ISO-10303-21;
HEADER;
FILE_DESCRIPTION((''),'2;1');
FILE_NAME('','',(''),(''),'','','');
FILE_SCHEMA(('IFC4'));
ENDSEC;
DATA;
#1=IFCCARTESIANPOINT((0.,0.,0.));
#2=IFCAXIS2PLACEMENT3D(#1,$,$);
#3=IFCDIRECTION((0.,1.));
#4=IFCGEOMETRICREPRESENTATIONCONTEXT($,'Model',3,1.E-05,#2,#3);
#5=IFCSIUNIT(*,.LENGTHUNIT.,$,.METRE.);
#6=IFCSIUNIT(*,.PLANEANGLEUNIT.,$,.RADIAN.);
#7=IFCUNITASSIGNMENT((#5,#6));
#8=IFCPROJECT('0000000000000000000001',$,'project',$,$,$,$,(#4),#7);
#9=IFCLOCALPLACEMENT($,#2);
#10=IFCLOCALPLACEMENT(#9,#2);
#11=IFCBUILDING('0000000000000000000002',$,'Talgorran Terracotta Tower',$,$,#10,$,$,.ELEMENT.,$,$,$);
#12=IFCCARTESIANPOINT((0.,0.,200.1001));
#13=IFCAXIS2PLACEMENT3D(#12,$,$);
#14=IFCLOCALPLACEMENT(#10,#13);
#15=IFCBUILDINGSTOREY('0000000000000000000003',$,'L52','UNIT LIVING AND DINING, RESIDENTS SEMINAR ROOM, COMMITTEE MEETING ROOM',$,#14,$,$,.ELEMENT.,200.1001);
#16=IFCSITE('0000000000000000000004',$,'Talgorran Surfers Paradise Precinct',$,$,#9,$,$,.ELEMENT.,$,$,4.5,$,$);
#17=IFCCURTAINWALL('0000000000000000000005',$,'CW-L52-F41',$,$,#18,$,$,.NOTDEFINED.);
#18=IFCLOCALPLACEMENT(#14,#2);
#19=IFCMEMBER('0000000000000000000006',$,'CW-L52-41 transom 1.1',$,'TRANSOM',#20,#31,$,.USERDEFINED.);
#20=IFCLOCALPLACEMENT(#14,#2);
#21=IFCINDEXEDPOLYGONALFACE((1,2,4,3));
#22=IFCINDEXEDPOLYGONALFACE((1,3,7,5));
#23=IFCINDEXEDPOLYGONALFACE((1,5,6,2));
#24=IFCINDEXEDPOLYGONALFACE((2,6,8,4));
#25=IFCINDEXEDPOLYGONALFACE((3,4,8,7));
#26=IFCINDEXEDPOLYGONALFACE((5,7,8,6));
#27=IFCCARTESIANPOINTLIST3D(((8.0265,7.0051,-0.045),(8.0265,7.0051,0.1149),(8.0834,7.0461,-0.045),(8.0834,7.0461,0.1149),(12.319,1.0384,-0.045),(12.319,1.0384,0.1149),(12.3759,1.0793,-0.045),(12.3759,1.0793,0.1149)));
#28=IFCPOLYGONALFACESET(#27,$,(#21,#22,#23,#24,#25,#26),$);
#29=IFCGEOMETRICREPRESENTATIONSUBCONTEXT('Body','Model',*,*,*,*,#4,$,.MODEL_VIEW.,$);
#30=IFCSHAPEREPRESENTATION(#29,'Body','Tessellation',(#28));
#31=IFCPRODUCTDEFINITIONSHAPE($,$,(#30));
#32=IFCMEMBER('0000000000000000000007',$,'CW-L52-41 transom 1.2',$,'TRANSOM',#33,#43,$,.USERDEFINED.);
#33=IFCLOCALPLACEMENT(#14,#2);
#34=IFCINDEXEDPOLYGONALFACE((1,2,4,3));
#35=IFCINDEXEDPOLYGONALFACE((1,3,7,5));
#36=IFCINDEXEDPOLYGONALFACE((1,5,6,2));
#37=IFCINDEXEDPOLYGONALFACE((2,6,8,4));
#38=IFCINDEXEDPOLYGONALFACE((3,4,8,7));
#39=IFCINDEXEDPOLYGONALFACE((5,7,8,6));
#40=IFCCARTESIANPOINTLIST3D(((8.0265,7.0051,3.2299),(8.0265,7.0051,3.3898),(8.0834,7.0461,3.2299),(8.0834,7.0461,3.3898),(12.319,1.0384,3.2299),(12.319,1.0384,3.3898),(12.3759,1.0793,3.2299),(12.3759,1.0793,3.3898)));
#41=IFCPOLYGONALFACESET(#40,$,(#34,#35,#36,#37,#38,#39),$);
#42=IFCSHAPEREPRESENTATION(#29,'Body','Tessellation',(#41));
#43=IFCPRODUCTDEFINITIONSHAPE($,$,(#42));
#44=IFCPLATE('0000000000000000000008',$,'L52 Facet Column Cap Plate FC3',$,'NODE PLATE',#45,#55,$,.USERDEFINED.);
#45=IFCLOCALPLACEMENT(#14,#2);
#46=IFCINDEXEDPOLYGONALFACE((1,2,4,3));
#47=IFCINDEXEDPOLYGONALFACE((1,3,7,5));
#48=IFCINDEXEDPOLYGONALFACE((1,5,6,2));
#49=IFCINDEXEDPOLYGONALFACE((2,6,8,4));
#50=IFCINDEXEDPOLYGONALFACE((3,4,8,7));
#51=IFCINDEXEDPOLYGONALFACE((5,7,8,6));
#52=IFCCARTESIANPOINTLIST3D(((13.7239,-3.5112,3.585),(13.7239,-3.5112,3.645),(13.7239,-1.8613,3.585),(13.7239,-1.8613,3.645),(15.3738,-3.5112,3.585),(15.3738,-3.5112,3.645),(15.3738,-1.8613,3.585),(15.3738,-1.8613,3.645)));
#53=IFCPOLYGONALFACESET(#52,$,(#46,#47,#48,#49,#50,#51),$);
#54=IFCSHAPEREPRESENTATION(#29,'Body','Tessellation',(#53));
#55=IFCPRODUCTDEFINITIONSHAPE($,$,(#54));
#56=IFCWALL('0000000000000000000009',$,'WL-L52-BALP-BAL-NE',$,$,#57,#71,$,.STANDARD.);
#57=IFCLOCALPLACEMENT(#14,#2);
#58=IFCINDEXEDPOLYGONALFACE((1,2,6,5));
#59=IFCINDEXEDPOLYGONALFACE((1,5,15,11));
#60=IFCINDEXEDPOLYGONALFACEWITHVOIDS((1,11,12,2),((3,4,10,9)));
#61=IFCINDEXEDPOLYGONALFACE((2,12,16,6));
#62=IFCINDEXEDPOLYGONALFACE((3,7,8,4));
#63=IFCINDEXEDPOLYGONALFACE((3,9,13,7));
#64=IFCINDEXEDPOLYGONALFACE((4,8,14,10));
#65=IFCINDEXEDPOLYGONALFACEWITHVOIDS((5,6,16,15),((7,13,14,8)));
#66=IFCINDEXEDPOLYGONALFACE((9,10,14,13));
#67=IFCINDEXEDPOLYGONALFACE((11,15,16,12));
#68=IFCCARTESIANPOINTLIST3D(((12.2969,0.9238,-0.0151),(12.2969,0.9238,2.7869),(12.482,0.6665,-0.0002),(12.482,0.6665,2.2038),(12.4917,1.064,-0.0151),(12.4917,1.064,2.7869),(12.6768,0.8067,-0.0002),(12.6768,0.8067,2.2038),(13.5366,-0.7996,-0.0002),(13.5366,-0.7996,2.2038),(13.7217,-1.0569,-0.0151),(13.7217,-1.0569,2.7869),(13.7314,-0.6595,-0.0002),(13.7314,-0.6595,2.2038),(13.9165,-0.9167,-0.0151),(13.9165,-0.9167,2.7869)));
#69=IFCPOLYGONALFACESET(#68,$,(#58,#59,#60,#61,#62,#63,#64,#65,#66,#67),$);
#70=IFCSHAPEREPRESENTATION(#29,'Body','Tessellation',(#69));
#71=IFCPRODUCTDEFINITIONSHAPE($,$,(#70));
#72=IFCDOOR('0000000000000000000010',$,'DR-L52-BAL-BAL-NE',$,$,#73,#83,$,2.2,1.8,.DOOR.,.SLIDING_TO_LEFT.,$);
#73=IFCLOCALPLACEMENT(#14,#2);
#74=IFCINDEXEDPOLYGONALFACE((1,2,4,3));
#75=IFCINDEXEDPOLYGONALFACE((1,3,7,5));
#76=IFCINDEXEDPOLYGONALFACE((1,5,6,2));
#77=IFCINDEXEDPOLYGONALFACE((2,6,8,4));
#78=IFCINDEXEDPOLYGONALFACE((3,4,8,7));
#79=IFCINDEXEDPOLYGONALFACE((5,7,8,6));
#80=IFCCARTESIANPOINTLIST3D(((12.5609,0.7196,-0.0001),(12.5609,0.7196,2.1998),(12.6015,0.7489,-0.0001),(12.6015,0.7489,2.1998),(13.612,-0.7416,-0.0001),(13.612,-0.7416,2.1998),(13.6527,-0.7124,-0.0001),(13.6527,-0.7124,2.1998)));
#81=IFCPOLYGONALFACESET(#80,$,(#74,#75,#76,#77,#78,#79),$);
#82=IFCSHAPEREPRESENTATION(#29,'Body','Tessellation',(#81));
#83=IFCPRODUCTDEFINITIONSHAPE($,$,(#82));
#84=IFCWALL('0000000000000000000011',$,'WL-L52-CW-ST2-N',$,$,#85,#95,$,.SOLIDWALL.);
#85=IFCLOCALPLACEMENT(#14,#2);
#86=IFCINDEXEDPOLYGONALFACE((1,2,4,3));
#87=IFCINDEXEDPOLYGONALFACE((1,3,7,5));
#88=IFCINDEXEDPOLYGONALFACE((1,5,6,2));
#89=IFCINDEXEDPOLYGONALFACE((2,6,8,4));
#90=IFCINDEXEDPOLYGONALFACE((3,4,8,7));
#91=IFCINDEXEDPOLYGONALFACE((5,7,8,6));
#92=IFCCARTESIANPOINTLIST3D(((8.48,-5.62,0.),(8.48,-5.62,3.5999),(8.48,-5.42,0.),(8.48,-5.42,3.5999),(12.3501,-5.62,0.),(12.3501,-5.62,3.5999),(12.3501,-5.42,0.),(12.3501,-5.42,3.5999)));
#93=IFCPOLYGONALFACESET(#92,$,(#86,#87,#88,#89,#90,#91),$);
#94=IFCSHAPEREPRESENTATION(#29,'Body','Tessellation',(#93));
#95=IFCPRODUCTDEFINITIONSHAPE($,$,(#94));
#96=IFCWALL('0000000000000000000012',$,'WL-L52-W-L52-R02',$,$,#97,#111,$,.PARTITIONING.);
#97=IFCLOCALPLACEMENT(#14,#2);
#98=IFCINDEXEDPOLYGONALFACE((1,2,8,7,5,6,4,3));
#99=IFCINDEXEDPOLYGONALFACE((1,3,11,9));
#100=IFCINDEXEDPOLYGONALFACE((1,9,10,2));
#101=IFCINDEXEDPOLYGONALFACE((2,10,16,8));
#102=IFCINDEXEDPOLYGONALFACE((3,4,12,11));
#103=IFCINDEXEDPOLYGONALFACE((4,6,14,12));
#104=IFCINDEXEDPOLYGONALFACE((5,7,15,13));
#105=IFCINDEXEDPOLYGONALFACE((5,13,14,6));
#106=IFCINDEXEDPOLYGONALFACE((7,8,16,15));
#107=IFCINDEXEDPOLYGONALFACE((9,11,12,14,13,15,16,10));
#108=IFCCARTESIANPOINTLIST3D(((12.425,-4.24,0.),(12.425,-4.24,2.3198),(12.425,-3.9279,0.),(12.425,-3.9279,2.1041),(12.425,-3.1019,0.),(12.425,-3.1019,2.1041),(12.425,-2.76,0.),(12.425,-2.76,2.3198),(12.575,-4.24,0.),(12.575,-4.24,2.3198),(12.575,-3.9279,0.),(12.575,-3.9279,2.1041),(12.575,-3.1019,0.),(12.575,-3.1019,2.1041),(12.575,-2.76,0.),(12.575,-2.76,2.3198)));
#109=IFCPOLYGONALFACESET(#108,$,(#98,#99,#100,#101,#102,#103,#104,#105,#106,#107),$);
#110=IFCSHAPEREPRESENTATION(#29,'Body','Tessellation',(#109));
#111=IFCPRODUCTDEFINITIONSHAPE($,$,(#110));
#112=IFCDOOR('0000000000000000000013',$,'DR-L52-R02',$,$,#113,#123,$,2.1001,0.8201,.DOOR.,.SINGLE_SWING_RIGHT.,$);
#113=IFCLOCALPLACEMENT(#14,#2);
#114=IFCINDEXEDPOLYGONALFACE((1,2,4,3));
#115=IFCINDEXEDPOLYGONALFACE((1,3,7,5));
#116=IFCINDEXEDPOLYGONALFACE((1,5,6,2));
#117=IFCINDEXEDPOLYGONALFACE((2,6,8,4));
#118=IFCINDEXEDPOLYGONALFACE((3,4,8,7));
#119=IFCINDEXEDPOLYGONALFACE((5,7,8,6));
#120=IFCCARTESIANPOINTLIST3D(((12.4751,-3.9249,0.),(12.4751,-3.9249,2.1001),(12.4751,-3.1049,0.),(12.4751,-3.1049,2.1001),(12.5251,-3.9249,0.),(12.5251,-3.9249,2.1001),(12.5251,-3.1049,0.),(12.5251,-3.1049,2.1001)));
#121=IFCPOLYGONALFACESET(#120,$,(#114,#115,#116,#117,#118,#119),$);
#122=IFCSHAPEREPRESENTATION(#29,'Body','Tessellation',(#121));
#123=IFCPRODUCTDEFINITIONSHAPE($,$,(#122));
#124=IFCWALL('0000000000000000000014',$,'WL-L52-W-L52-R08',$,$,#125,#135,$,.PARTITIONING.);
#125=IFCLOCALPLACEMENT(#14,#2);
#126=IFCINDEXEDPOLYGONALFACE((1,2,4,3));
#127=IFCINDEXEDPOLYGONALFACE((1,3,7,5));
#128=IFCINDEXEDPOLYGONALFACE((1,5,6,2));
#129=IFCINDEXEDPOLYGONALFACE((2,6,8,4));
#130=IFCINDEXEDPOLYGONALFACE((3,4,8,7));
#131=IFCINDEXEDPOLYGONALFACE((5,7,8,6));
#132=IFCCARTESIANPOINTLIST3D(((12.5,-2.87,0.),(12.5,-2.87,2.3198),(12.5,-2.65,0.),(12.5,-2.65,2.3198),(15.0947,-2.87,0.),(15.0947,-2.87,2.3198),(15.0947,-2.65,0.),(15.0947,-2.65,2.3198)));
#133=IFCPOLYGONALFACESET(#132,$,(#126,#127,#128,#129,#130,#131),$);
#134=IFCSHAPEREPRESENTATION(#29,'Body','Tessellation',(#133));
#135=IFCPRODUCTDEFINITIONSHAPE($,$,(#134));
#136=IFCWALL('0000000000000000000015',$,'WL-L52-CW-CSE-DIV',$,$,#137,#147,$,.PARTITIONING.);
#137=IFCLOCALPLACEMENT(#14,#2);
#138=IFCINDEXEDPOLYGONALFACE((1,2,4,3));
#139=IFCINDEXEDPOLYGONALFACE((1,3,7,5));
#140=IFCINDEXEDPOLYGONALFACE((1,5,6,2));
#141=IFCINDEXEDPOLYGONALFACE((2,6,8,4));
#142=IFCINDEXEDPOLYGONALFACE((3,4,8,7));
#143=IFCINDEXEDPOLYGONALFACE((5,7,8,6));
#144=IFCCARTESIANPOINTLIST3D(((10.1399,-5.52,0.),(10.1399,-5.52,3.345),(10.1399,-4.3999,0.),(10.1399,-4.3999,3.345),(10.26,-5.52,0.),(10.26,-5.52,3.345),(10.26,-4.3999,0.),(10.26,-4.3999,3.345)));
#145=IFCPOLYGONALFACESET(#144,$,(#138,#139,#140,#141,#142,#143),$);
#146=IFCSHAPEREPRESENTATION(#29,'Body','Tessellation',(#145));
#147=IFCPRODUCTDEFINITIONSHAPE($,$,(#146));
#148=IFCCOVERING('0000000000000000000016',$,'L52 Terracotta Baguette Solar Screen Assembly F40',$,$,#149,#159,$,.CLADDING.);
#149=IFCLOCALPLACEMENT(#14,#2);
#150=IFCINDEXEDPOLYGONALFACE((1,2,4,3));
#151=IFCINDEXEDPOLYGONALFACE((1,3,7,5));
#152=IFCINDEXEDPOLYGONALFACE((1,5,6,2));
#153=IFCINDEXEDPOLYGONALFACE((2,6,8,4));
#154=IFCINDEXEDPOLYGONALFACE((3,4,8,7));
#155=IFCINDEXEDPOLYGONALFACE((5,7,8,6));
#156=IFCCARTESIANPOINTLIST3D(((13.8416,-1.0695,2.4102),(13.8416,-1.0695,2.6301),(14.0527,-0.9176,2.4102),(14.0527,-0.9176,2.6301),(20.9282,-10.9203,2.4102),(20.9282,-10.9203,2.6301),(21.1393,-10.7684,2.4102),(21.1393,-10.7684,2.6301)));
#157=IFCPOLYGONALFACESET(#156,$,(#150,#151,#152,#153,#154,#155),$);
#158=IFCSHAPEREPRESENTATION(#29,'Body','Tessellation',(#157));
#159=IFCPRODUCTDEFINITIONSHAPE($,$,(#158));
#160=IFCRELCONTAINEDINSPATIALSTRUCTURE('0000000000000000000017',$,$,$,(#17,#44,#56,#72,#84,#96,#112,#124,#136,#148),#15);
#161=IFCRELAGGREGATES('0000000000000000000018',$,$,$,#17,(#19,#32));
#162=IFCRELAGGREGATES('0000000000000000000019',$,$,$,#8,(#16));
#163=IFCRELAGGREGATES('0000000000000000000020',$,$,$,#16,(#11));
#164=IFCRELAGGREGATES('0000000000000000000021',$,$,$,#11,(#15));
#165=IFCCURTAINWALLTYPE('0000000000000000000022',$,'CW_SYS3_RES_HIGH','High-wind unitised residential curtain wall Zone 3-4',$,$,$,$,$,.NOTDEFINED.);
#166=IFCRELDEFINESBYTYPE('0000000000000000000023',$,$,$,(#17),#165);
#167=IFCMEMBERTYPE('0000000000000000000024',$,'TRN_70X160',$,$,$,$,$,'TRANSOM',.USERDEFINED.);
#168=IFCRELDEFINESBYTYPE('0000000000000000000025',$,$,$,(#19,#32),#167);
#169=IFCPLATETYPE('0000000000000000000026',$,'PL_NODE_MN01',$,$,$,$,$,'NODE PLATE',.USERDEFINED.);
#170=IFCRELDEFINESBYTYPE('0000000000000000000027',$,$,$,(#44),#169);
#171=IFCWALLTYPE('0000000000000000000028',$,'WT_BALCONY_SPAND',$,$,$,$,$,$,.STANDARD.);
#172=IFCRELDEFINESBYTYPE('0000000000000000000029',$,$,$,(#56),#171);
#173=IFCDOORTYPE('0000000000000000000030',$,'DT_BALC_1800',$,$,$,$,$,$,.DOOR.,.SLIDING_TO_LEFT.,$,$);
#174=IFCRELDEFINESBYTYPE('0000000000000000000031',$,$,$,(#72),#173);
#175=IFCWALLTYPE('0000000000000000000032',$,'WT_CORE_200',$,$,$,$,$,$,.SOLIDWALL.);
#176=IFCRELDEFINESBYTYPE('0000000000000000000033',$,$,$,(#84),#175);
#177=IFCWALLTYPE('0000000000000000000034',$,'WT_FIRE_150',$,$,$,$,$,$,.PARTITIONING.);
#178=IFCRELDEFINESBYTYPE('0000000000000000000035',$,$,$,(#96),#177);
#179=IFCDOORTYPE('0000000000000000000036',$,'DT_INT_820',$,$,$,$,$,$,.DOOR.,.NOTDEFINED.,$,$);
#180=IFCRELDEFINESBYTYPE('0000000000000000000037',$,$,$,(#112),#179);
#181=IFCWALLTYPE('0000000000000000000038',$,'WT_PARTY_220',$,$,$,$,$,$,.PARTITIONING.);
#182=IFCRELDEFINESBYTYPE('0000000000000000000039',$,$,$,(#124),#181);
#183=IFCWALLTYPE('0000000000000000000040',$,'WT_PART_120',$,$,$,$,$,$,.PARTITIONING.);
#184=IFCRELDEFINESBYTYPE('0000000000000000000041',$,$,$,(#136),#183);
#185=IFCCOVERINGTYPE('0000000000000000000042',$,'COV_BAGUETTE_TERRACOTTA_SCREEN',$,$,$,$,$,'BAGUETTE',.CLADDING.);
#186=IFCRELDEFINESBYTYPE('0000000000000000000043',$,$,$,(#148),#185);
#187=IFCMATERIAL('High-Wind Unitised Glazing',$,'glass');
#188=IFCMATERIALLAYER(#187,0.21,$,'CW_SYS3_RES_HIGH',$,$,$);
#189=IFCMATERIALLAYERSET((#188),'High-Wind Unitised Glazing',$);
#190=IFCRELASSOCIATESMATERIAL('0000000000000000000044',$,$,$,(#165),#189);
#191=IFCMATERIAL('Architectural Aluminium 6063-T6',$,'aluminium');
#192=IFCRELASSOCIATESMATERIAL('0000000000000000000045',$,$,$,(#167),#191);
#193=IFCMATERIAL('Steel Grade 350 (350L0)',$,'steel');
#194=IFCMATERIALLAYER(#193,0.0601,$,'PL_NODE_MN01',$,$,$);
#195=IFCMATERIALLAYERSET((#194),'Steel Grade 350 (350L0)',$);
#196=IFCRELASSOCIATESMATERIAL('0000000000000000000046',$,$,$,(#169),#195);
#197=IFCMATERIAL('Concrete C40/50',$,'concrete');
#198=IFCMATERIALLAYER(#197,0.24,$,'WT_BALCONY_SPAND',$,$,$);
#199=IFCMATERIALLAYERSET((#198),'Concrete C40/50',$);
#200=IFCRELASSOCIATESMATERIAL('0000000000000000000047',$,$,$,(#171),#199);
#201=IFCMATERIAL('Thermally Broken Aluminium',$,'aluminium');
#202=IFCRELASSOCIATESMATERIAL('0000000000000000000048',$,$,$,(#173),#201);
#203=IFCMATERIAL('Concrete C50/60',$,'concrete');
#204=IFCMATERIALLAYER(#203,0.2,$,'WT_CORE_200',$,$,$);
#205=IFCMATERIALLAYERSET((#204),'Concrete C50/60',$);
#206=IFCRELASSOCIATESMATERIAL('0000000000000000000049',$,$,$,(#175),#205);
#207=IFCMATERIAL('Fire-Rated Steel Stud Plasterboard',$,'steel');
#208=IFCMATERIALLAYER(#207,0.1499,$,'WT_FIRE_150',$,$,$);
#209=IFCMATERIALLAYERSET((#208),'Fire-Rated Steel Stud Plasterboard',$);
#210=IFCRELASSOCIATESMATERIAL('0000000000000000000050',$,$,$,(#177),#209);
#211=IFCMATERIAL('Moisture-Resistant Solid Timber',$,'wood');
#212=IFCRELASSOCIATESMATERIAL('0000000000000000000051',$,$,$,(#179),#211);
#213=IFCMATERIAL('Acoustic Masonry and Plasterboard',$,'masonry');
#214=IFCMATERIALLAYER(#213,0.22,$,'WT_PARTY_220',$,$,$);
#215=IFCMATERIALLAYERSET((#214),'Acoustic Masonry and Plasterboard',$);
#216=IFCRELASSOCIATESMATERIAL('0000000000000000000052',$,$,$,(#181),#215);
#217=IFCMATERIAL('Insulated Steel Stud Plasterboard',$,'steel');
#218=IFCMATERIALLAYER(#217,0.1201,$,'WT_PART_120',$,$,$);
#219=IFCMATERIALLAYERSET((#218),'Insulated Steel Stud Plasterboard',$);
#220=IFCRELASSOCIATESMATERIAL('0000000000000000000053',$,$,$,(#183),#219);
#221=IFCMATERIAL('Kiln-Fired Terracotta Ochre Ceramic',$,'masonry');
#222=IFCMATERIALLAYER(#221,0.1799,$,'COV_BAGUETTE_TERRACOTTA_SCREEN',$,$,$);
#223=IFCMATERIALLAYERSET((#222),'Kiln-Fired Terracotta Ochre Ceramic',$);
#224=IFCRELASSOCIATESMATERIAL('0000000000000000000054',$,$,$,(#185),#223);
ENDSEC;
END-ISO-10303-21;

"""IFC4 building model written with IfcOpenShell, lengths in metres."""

from ifc_helpers import new_model, si_unit, direction, frame, frame_2d, origin, origin_2d, place, context, subcontext, project, spatial, rectangle, extrude, material, layer, layer_set, material_profile, profile_set, type_object, element, fill, aggregate, save


model = new_model("IFC4")

# Units and contexts
model_context = context("Model", 3, precision=1e-05, world=origin(), true_north=direction((0.0, 1.0)))
body_context = subcontext(model_context, "Body", "Model", "MODEL_VIEW")
ifc_project = project(units=[si_unit("LENGTHUNIT", "METRE"), si_unit("PLANEANGLEUNIT", "RADIAN")], contexts=[model_context])

# Site, building, storey
site_placement = place(None, origin())
site = spatial("IfcSite", under=ifc_project, at=site_placement, Name="Talgorran Surfers Paradise Precinct", CompositionType="ELEMENT", RefElevation=4.5)
building_placement = place(site_placement, origin())
building = spatial("IfcBuilding", under=site, at=building_placement, Name="Talgorran Terracotta Tower", CompositionType="ELEMENT")
storey_placement = place(building_placement, frame((0.0, 0.0, 200.1001)))
storey = spatial("IfcBuildingStorey", under=building, at=storey_placement, Name="L52", Description="UNIT LIVING AND DINING, RESIDENTS SEMINAR ROOM, COMMITTEE MEETING ROOM", CompositionType="ELEMENT", Elevation=200.1001)

# Shared definitions
ifc_material_1 = material(Name="Steel Grade 350 (350L0)", Category="steel")

# Shared definitions
ifc_material_2 = material(Name="High-Wind Unitised Glazing", Category="glass")
ifc_layer_1 = layer(ifc_material_2, 0.21, Name="CW_SYS3_RES_HIGH")
ifc_layer_set_1 = layer_set([ifc_layer_1], Name="High-Wind Unitised Glazing")
curtain_wall_type = type_object("IfcCurtainWallType", Name="CW_SYS3_RES_HIGH", Description="High-wind unitised residential curtain wall Zone 3-4", PredefinedType="NOTDEFINED", material=ifc_layer_set_1)
ifc_material_3 = material(Name="Architectural Aluminium 6063-T6", Category="aluminium")

# Curtain wall, members
curtain_wall_1_placement = place(storey_placement, origin())
curtain_wall_1 = element("IfcCurtainWall", 1, at=curtain_wall_1_placement, inside=storey, type_object=curtain_wall_type, Name="CW-L52-F41", PredefinedType="NOTDEFINED")
ifc_material_profile_1 = material_profile(ifc_material_3, rectangle(XDim=0.0701, YDim=0.1599, at=origin_2d()), Name="CWT70X160")
ifc_profile_set_1 = profile_set([ifc_material_profile_1], Name="Architectural Aluminium 6063-T6")
member_type_1 = type_object("IfcMemberType", Name="TRN_70X160", ElementType="TRANSOM", PredefinedType="USERDEFINED", material=ifc_profile_set_1)
member_1_placement = place(storey_placement, frame((12.3474, 1.0588, 0.0349), z_axis=(-0.583981, 0.811767, 0.0), x_axis=(-0.811767, -0.583981, 0.0)))
member_1 = element("IfcMember", 2, at=member_1_placement, type_object=member_type_1, Name="CW-L52-41 transom 1.1", ObjectType="TRANSOM", PredefinedType="USERDEFINED", context=body_context, shape_type="SweptSolid", body=[
    extrude(rectangle(XDim=0.0701, YDim=0.1599, at=origin_2d()), origin(), (0.0, 0.0, 1.0), 7.3503),
])
member_2_placement = place(storey_placement, frame((12.3474, 1.0588, 3.3098), z_axis=(-0.583981, 0.811767, 0.0), x_axis=(-0.811767, -0.583981, 0.0)))
member_2 = element("IfcMember", 3, at=member_2_placement, type_object=member_type_1, Name="CW-L52-41 transom 1.2", ObjectType="TRANSOM", PredefinedType="USERDEFINED", context=body_context, shape_type="SweptSolid", body=[
    extrude(rectangle(XDim=0.0701, YDim=0.1599, at=origin_2d()), origin(), (0.0, 0.0, 1.0), 7.3503),
])
aggregate(curtain_wall_1, [member_1, member_2])

# Plate
ifc_layer_2 = layer(ifc_material_1, 0.0601, Name="PL_NODE_MN01")
ifc_layer_set_2 = layer_set([ifc_layer_2], Name="Steel Grade 350 (350L0)")
plate_type = type_object("IfcPlateType", Name="PL_NODE_MN01", ElementType="NODE PLATE", PredefinedType="USERDEFINED", material=ifc_layer_set_2)
plate_placement = place(storey_placement, frame((14.5488, -2.6863, 3.585), z_axis=(0.0, 0.0, 1.0), x_axis=(1.0, 0.0, 0.0)))
element("IfcPlate", 4, at=plate_placement, inside=storey, type_object=plate_type, Name="L52 Facet Column Cap Plate FC3", ObjectType="NODE PLATE", PredefinedType="USERDEFINED", context=body_context, shape_type="SweptSolid", body=[
    extrude(rectangle(XDim=1.6499, YDim=1.6499, at=origin_2d()), origin(), (0.0, 0.0, 1.0), 0.0601),
])

# Wall, opening, door
ifc_material_4 = material(Name="Concrete C40/50", Category="concrete")
ifc_layer_3 = layer(ifc_material_4, 0.24, Name="WT_BALCONY_SPAND")
ifc_layer_set_3 = layer_set([ifc_layer_3], Name="Concrete C40/50")
wall_type_1 = type_object("IfcWallType", Name="WT_BALCONY_SPAND", PredefinedType="STANDARD", material=ifc_layer_set_3)
wall_1_placement = place(storey_placement, frame((13.8191, -0.9868, -0.0151), z_axis=(0.0, 0.0, 1.0), x_axis=(-0.583951, 0.811789, 0.0)))
wall_1 = element("IfcWall", 5, at=wall_1_placement, inside=storey, type_object=wall_type_1, Name="WL-L52-BALP-BAL-NE", PredefinedType="STANDARD", context=body_context, shape_type="SweptSolid", body=[
    extrude(rectangle(XDim=2.4399, YDim=0.24, at=frame_2d((1.22, 0.0))), origin(), (0.0, 0.0, 1.0), 2.802),
])
opening_1_placement = place(wall_1_placement, frame((0.3201, 0.0, 0.0149)))
opening_1 = element("IfcOpeningElement", 6, at=opening_1_placement, cuts=wall_1, PredefinedType="OPENING", context=body_context, shape_type="SweptSolid", body=[
    extrude(rectangle(XDim=1.806, YDim=2.204, at=frame_2d((0.8999, 1.1021))), frame((0.0, 0.1299, 0.0), z_axis=(0.0, -1.0, 0.0), x_axis=(1.0, 0.0, 0.0)), (0.0, 0.0, 1.0), 0.26),
])
ifc_material_5 = material(Name="Thermally Broken Aluminium", Category="aluminium")
door_type_1 = type_object("IfcDoorType", Name="DT_BALC_1800", OperationType="SLIDING_TO_LEFT", PredefinedType="DOOR", material=ifc_material_5)
door_1_placement = place(opening_1_placement, origin())
door_1 = element("IfcDoor", 7, at=door_1_placement, inside=storey, type_object=door_type_1, Name="DR-L52-BAL-BAL-NE", OperationType="SLIDING_TO_LEFT", OverallHeight=2.2, OverallWidth=1.8, PredefinedType="DOOR", context=body_context, shape_type="SweptSolid", body=[
    extrude(rectangle(XDim=1.8, YDim=2.2, at=frame_2d((0.8999, 1.1001))), frame((0.0, 0.0249, 0.0), z_axis=(0.0, -1.0, 0.0), x_axis=(1.0, 0.0, 0.0)), (0.0, 0.0, 1.0), 0.05),
])
fill(opening_1, door_1)

# Wall
ifc_material_6 = material(Name="Concrete C50/60", Category="concrete")
ifc_layer_4 = layer(ifc_material_6, 0.2, Name="WT_CORE_200")
ifc_layer_set_4 = layer_set([ifc_layer_4], Name="Concrete C50/60")
wall_type_2 = type_object("IfcWallType", Name="WT_CORE_200", PredefinedType="SOLIDWALL", material=ifc_layer_set_4)
wall_2_placement = place(storey_placement, frame((8.48, -5.52, 0.0), z_axis=(0.0, 0.0, 1.0), x_axis=(1.0, 0.0, 0.0)))
element("IfcWall", 8, at=wall_2_placement, inside=storey, type_object=wall_type_2, Name="WL-L52-CW-ST2-N", PredefinedType="SOLIDWALL", context=body_context, shape_type="SweptSolid", body=[
    extrude(rectangle(XDim=3.8701, YDim=0.2, at=frame_2d((1.9351, 0.0))), origin(), (0.0, 0.0, 1.0), 3.5999),
])

# Wall, opening, door
ifc_material_7 = material(Name="Fire-Rated Steel Stud Plasterboard", Category="steel")
ifc_layer_5 = layer(ifc_material_7, 0.1499, Name="WT_FIRE_150")
ifc_layer_set_5 = layer_set([ifc_layer_5], Name="Fire-Rated Steel Stud Plasterboard")
wall_type_3 = type_object("IfcWallType", Name="WT_FIRE_150", PredefinedType="PARTITIONING", material=ifc_layer_set_5)
wall_3_placement = place(storey_placement, frame((12.5, -4.24, 0.0), z_axis=(0.0, 0.0, 1.0), x_axis=(0.0, 1.0, 0.0)))
wall_3 = element("IfcWall", 9, at=wall_3_placement, inside=storey, type_object=wall_type_3, Name="WL-L52-W-L52-R02", PredefinedType="PARTITIONING", context=body_context, shape_type="SweptSolid", body=[
    extrude(rectangle(XDim=1.48, YDim=0.1499, at=frame_2d((0.74, 0.0))), origin(), (0.0, 0.0, 1.0), 2.3198),
])
opening_2_placement = place(wall_3_placement, frame((0.3149, 0.0, 0.0)))
opening_2 = element("IfcOpeningElement", 10, at=opening_2_placement, cuts=wall_3, PredefinedType="OPENING", context=body_context, shape_type="SweptSolid", body=[
    extrude(rectangle(XDim=0.8261, YDim=2.1041, at=frame_2d((0.4102, 1.052))), frame((0.0, 0.085, 0.0), z_axis=(0.0, -1.0, 0.0), x_axis=(1.0, 0.0, 0.0)), (0.0, 0.0, 1.0), 0.1699),
])
ifc_material_8 = material(Name="Moisture-Resistant Solid Timber", Category="wood")
door_type_2 = type_object("IfcDoorType", Name="DT_INT_820", OperationType="NOTDEFINED", PredefinedType="DOOR", material=ifc_material_8)
door_2_placement = place(opening_2_placement, origin())
door_2 = element("IfcDoor", 11, at=door_2_placement, inside=storey, type_object=door_type_2, Name="DR-L52-R02", OperationType="SINGLE_SWING_RIGHT", OverallHeight=2.1001, OverallWidth=0.8201, PredefinedType="DOOR", context=body_context, shape_type="SweptSolid", body=[
    extrude(rectangle(XDim=0.8201, YDim=2.1001, at=frame_2d((0.4102, 1.05))), frame((0.0, 0.0249, 0.0), z_axis=(0.0, -1.0, 0.0), x_axis=(1.0, 0.0, 0.0)), (0.0, 0.0, 1.0), 0.05),
])
fill(opening_2, door_2)

# Walls
ifc_material_9 = material(Name="Acoustic Masonry and Plasterboard", Category="masonry")
ifc_layer_6 = layer(ifc_material_9, 0.22, Name="WT_PARTY_220")
ifc_layer_set_6 = layer_set([ifc_layer_6], Name="Acoustic Masonry and Plasterboard")
wall_type_4 = type_object("IfcWallType", Name="WT_PARTY_220", PredefinedType="PARTITIONING", material=ifc_layer_set_6)
wall_4_placement = place(storey_placement, frame((12.5, -2.76, 0.0), z_axis=(0.0, 0.0, 1.0), x_axis=(1.0, 0.0, 0.0)))
element("IfcWall", 12, at=wall_4_placement, inside=storey, type_object=wall_type_4, Name="WL-L52-W-L52-R08", PredefinedType="PARTITIONING", context=body_context, shape_type="SweptSolid", body=[
    extrude(rectangle(XDim=2.5947, YDim=0.22, at=frame_2d((1.2974, 0.0))), origin(), (0.0, 0.0, 1.0), 2.3198),
])
ifc_material_10 = material(Name="Insulated Steel Stud Plasterboard", Category="steel")
ifc_layer_7 = layer(ifc_material_10, 0.1201, Name="WT_PART_120")
ifc_layer_set_7 = layer_set([ifc_layer_7], Name="Insulated Steel Stud Plasterboard")
wall_type_5 = type_object("IfcWallType", Name="WT_PART_120", PredefinedType="PARTITIONING", material=ifc_layer_set_7)
wall_5_placement = place(storey_placement, frame((10.2, -5.52, 0.0), z_axis=(0.0, 0.0, 1.0), x_axis=(0.0, 1.0, 0.0)))
element("IfcWall", 13, at=wall_5_placement, inside=storey, type_object=wall_type_5, Name="WL-L52-CW-CSE-DIV", PredefinedType="PARTITIONING", context=body_context, shape_type="SweptSolid", body=[
    extrude(rectangle(XDim=1.1201, YDim=0.1201, at=frame_2d((0.5601, 0.0))), origin(), (0.0, 0.0, 1.0), 3.345),
])

# Covering
ifc_material_11 = material(Name="Kiln-Fired Terracotta Ochre Ceramic", Category="masonry")
ifc_layer_8 = layer(ifc_material_11, 0.1799, Name="COV_BAGUETTE_TERRACOTTA_SCREEN")
ifc_layer_set_8 = layer_set([ifc_layer_8], Name="Kiln-Fired Terracotta Ochre Ceramic")
covering_type_1 = type_object("IfcCoveringType", Name="COV_BAGUETTE_TERRACOTTA_SCREEN", ElementType="BAGUETTE", PredefinedType="CLADDING", material=ifc_layer_set_8)
covering_1_placement = place(storey_placement, frame((17.4905, -5.9189, 2.4102), z_axis=(0.0, 0.0, 1.0), x_axis=(-0.583981, 0.811768, 0.0)))
element("IfcCovering", 14, at=covering_1_placement, inside=storey, type_object=covering_type_1, Name="L52 Terracotta Baguette Solar Screen Assembly F40", PredefinedType="CLADDING", context=body_context, shape_type="SweptSolid", body=[
    extrude(rectangle(XDim=12.135, YDim=0.26, at=origin_2d()), origin(), (0.0, 0.0, 1.0), 0.22),
])

save(model, "model.ifc")
